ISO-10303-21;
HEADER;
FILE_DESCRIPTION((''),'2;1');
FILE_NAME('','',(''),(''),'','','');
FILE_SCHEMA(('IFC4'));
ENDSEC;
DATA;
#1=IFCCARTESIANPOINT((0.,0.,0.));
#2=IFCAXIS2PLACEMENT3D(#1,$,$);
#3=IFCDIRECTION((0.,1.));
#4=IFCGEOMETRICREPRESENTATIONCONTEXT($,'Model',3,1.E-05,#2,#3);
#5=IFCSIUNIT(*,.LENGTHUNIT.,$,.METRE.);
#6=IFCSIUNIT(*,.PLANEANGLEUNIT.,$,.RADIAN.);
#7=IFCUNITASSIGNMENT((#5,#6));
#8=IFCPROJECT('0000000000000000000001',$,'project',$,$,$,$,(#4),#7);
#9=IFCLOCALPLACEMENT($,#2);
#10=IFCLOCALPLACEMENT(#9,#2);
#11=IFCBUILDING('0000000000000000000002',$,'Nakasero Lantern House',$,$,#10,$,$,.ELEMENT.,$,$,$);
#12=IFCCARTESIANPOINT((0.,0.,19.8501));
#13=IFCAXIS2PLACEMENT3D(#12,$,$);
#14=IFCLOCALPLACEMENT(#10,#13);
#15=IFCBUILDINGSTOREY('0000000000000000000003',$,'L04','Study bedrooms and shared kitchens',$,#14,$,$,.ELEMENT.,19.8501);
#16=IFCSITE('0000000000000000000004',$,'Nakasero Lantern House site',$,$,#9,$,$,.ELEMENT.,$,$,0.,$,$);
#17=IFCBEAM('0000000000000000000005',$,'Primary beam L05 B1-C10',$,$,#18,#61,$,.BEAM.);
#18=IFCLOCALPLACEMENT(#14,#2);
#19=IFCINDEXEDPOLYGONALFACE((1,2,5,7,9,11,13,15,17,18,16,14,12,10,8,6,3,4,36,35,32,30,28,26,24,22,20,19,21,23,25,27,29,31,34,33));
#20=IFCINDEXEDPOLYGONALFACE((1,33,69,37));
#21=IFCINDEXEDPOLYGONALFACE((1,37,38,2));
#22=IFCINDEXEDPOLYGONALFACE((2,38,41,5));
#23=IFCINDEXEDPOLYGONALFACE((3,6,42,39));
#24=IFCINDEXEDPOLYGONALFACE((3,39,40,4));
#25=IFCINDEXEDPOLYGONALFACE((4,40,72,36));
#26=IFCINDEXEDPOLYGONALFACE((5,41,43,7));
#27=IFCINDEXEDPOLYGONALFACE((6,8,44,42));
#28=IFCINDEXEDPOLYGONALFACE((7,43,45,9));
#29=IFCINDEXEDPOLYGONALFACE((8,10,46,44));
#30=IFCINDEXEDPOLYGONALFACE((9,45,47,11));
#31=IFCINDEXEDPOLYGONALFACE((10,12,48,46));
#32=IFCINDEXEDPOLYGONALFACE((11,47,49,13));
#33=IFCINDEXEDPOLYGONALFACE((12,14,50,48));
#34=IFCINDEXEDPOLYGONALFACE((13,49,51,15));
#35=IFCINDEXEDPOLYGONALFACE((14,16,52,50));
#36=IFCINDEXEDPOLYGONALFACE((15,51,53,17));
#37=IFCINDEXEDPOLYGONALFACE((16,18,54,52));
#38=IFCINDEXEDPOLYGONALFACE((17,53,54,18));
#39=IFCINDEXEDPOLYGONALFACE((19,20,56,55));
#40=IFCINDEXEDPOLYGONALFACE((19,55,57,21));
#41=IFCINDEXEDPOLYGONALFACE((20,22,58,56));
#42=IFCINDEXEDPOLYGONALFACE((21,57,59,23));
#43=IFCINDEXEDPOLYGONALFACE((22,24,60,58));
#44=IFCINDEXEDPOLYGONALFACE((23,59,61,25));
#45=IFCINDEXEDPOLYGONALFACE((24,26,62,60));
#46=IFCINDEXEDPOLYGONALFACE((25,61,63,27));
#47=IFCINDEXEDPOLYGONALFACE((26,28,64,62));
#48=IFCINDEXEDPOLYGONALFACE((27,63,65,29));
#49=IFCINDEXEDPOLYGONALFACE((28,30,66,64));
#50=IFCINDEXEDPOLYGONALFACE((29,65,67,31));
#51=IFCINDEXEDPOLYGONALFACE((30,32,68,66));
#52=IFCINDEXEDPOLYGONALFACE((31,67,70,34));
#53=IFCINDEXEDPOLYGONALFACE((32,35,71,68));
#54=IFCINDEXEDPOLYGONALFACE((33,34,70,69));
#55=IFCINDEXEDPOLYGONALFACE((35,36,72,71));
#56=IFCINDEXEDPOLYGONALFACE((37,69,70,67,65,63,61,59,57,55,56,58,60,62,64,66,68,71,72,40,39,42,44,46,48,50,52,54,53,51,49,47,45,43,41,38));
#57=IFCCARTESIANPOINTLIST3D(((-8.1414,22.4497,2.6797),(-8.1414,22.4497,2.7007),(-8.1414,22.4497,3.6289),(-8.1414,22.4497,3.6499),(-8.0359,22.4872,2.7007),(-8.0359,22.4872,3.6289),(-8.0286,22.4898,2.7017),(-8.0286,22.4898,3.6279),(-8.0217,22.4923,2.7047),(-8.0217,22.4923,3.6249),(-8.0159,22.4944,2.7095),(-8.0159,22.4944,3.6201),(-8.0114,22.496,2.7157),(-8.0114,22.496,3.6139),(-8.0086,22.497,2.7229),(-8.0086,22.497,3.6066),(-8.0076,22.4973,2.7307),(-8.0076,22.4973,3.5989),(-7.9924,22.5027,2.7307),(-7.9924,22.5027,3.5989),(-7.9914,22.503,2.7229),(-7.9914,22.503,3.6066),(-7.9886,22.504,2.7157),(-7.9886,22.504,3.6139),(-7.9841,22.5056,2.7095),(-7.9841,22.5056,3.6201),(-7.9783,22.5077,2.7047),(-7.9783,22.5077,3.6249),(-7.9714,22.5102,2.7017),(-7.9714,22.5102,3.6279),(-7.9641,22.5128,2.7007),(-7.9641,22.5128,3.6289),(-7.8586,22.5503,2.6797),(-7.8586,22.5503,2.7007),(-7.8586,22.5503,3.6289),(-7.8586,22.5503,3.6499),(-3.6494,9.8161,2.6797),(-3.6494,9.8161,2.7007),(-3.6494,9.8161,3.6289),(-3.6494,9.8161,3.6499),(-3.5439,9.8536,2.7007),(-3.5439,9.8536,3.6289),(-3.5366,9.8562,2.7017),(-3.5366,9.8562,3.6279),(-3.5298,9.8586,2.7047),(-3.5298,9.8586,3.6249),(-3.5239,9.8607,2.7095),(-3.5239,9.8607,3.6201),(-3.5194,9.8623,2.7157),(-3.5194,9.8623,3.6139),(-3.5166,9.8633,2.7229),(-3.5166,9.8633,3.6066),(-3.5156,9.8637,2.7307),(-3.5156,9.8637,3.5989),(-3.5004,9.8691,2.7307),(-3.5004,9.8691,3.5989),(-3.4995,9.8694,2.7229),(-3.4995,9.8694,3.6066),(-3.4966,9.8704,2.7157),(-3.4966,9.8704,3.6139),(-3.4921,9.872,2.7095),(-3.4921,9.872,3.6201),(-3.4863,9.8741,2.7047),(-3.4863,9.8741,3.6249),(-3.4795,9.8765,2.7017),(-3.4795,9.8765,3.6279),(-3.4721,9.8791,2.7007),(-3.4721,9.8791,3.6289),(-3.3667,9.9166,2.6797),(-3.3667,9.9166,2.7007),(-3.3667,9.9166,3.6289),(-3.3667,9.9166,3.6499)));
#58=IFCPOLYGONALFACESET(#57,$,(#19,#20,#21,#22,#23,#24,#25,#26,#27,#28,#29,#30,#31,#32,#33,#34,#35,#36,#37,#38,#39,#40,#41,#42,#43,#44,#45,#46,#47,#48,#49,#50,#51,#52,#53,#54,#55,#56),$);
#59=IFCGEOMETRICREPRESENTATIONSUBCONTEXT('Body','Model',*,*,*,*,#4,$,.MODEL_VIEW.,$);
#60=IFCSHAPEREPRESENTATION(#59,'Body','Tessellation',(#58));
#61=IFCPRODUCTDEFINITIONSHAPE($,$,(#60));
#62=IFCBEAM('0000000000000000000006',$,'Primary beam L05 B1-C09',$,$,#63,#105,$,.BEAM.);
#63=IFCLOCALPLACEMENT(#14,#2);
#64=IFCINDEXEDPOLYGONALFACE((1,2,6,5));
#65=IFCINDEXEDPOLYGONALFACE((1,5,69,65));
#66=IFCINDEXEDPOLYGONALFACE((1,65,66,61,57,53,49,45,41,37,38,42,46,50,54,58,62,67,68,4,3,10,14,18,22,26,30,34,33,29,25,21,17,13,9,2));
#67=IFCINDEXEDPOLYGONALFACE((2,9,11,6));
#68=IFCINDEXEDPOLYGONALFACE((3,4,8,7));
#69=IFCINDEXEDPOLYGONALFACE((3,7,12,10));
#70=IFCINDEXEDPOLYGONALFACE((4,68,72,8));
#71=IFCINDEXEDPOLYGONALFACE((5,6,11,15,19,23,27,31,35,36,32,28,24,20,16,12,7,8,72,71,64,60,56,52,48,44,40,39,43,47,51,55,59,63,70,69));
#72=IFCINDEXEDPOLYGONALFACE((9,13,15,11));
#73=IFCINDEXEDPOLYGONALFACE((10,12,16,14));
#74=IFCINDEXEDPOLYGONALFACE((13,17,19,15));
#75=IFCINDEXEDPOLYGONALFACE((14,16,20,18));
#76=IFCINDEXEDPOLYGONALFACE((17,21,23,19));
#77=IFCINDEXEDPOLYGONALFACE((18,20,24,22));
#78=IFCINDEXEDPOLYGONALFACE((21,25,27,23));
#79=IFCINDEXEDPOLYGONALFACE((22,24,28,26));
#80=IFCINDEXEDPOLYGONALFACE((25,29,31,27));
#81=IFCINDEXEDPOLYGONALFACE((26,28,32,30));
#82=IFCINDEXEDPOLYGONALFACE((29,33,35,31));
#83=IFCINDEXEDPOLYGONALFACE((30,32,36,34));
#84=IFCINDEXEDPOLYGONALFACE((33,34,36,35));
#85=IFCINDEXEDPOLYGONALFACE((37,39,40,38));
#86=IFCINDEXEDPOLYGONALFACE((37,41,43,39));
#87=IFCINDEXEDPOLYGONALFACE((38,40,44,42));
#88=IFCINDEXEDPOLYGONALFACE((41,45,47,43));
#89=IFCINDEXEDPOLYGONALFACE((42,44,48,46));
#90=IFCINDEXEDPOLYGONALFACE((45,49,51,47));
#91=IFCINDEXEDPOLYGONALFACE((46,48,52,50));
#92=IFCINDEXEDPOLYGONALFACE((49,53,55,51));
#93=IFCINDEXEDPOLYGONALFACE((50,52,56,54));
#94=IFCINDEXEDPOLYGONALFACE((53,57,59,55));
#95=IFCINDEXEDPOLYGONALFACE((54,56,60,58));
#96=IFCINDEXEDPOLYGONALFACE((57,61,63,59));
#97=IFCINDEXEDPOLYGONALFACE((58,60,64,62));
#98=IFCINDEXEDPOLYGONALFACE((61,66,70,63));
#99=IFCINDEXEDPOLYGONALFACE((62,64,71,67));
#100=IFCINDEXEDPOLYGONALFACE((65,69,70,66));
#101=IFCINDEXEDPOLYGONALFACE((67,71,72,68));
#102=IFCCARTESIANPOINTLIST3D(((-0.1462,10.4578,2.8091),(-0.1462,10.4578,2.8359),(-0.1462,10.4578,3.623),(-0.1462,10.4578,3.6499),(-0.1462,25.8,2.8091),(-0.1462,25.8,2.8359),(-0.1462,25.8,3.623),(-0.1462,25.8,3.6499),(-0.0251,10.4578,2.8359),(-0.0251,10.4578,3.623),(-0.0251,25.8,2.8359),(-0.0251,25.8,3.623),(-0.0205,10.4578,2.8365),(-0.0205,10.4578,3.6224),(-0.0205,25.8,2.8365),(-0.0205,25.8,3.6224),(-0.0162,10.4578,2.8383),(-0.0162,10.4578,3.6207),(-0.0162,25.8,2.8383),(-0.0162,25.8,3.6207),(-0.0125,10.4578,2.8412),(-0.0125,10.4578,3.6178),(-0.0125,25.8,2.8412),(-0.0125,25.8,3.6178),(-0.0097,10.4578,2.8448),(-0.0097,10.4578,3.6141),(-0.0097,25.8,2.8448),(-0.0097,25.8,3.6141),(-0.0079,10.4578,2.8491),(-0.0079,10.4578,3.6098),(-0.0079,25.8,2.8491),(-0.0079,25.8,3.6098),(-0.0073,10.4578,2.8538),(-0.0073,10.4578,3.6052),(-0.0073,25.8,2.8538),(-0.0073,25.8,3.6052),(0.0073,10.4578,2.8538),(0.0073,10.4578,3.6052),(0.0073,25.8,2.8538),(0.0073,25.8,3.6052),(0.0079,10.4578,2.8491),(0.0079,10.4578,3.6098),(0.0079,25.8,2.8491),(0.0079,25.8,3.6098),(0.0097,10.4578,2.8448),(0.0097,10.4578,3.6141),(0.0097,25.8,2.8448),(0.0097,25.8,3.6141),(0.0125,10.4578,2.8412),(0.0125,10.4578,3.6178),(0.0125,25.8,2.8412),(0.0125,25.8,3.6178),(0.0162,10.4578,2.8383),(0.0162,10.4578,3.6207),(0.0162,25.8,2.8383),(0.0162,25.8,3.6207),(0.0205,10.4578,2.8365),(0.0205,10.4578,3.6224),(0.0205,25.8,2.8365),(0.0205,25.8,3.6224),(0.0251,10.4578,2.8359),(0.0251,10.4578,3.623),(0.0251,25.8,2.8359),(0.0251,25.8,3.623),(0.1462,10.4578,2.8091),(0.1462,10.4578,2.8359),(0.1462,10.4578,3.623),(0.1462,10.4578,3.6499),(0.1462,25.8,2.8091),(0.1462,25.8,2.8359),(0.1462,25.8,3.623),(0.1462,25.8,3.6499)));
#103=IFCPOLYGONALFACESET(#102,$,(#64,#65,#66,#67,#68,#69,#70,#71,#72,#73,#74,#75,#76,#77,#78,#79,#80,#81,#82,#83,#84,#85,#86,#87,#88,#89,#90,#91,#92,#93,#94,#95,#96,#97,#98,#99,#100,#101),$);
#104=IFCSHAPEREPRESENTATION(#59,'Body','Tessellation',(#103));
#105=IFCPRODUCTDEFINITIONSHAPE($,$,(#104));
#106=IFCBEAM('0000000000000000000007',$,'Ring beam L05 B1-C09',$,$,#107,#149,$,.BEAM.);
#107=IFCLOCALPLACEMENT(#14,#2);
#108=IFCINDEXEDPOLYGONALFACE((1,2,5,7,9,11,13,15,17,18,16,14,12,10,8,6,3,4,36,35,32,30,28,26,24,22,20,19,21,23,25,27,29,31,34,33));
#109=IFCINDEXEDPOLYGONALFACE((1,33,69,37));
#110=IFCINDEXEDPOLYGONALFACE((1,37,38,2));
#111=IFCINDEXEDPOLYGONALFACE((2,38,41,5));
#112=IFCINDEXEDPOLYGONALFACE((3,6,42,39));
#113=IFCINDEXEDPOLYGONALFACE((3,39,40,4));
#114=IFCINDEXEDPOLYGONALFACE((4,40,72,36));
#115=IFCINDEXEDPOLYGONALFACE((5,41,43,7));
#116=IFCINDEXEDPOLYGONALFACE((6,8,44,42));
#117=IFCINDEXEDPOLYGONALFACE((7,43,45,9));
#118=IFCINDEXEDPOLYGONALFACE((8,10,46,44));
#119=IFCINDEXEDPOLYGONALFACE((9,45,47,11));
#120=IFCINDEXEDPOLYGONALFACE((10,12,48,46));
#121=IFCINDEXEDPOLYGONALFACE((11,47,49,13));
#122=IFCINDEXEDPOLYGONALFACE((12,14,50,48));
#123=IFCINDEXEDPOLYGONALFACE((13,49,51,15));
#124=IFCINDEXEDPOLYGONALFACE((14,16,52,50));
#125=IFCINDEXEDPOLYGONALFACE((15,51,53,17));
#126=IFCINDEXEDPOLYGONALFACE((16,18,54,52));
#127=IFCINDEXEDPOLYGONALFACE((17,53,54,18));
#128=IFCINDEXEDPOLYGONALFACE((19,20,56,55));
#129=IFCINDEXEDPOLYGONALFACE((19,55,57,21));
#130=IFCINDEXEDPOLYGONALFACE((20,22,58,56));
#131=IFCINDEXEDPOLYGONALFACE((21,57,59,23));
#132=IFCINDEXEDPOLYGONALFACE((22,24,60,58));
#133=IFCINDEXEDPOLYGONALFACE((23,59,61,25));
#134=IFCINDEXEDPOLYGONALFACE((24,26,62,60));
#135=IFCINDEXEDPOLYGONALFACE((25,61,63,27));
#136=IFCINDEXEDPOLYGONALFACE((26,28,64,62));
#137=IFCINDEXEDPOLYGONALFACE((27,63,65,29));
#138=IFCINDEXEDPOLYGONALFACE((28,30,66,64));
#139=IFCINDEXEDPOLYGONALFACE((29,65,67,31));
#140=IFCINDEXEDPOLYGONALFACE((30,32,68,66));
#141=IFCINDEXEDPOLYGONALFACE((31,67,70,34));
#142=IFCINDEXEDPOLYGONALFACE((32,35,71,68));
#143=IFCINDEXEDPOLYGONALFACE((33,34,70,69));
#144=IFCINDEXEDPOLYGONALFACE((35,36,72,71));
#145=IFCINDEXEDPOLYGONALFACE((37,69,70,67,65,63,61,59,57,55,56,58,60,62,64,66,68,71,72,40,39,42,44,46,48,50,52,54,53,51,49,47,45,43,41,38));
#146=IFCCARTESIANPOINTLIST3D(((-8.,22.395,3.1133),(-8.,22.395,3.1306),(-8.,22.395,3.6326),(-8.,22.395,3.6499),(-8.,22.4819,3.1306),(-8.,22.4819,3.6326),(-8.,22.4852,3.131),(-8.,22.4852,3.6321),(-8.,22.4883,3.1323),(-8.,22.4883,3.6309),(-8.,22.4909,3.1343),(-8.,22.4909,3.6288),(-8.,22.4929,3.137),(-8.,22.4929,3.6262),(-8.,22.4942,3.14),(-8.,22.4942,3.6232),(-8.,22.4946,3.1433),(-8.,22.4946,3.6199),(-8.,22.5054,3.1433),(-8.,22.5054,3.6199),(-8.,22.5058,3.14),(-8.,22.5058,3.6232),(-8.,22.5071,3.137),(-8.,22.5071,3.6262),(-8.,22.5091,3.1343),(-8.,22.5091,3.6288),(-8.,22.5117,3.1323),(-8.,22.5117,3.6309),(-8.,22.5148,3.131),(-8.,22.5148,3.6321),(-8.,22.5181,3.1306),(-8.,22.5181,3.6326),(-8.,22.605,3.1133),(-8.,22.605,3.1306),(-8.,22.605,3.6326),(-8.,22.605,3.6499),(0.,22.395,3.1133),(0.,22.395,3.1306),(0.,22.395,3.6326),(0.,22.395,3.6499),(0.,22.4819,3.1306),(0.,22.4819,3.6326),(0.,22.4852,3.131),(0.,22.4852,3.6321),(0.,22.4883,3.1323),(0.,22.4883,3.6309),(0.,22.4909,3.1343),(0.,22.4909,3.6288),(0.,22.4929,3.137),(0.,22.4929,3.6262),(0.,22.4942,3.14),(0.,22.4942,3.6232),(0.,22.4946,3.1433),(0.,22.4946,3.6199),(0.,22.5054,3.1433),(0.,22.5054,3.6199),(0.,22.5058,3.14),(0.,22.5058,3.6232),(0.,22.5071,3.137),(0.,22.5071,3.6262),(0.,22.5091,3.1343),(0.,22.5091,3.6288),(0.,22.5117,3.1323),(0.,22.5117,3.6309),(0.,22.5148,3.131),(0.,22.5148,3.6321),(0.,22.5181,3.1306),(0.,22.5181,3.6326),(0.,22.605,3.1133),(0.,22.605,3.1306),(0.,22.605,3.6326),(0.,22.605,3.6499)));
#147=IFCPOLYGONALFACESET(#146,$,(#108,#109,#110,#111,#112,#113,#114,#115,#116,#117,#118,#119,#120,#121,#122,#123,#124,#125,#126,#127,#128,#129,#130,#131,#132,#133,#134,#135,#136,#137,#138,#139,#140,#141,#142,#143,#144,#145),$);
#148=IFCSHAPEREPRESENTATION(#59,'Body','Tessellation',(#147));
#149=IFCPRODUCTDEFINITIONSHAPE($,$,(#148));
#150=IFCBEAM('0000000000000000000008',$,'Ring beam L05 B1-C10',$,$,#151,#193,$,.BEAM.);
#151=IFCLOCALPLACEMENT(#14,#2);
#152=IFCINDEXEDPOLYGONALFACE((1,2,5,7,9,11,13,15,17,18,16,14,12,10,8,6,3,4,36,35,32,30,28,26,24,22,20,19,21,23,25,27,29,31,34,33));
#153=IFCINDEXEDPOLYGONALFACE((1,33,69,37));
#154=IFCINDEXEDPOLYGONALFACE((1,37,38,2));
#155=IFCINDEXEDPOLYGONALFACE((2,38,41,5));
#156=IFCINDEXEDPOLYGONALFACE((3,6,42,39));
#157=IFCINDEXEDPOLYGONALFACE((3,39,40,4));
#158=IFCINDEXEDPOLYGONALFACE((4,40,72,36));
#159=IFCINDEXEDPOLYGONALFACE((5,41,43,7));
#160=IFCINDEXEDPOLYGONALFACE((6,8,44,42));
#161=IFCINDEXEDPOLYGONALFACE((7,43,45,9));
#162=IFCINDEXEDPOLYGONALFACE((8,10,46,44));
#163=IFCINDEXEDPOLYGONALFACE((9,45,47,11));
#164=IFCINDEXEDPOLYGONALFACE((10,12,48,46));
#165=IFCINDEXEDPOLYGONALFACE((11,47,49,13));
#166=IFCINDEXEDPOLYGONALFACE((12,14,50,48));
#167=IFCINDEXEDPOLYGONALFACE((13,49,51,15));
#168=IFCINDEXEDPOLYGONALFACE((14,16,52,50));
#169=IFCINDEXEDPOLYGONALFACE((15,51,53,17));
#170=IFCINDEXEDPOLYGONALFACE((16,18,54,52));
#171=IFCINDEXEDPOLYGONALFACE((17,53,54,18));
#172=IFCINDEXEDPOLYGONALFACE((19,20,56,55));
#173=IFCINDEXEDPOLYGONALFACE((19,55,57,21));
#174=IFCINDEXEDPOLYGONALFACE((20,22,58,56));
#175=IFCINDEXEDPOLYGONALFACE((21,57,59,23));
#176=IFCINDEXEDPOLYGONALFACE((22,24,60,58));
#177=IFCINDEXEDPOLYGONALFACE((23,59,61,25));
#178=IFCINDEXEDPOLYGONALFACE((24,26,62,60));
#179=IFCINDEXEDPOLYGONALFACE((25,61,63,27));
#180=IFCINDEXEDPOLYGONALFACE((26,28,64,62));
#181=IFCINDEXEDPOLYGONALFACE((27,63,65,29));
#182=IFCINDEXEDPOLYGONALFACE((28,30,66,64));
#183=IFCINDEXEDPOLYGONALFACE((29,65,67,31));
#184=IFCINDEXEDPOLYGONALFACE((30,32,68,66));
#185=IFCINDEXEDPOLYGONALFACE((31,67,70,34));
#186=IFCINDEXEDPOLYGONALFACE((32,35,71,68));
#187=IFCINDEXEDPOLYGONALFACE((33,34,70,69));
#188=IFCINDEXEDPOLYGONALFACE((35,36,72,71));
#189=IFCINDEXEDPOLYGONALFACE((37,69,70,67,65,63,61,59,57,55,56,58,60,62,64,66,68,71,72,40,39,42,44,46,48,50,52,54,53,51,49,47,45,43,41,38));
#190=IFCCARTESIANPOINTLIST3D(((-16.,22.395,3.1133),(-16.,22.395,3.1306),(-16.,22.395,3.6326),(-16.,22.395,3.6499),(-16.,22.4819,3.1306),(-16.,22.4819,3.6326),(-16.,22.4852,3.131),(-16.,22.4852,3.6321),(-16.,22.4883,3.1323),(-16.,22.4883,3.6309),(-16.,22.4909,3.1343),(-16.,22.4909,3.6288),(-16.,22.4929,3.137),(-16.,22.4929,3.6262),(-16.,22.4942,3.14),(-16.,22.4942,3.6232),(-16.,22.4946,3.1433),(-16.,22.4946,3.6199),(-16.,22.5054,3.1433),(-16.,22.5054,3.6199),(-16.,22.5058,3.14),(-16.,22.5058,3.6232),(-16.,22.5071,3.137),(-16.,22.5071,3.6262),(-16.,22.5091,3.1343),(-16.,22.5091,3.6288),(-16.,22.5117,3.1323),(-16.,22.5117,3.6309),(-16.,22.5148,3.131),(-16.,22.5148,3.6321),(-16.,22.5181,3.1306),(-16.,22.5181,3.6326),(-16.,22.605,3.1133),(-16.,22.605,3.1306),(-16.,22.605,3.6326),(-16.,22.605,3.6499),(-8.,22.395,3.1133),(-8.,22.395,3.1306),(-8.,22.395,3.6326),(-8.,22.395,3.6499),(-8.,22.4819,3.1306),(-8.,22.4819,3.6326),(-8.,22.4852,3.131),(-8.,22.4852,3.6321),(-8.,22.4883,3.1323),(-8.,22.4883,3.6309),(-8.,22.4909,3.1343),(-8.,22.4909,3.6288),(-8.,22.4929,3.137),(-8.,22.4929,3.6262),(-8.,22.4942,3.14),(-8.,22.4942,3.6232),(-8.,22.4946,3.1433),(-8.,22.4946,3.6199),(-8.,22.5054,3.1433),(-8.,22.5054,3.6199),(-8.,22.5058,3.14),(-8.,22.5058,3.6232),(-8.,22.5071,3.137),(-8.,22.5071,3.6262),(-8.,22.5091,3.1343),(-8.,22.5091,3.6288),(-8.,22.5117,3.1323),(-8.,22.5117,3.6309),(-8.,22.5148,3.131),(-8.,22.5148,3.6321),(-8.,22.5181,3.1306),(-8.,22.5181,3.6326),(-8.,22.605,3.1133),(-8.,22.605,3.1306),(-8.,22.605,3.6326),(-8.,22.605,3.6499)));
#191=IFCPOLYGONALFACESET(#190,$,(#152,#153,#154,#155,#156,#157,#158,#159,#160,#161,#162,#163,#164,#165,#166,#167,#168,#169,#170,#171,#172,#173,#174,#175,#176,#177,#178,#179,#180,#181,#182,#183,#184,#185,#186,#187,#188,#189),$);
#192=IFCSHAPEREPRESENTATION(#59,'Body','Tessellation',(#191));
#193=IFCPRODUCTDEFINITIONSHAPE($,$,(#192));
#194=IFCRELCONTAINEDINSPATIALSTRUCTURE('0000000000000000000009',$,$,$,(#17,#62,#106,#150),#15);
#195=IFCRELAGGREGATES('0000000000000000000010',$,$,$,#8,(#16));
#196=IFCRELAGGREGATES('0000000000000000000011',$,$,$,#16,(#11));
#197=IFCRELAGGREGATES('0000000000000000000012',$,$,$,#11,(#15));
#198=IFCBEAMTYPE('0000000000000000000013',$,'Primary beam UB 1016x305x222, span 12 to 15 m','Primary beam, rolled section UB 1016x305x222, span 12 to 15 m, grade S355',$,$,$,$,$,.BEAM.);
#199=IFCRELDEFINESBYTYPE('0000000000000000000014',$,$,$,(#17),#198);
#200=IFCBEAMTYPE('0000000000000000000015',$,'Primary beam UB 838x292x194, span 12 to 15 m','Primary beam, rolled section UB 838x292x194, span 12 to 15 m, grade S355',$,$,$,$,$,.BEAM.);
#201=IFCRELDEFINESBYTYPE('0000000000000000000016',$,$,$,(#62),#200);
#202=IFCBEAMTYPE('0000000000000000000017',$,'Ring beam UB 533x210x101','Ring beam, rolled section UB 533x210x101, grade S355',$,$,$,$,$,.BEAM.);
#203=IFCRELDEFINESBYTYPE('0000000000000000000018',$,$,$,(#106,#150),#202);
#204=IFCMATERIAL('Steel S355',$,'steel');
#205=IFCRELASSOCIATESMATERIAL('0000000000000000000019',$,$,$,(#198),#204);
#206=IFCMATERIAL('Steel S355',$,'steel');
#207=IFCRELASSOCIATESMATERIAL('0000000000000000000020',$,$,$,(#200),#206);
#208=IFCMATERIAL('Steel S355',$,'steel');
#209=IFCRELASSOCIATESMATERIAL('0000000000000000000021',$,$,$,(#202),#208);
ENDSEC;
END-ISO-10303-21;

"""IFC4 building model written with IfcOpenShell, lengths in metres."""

from ifc_helpers import new_model, si_unit, direction, frame, origin, origin_2d, place, context, subcontext, project, spatial, i_section, extrude, material, material_profile, profile_set, type_object, element, save


model = new_model("IFC4")

# Units and contexts
model_context = context("Model", 3, precision=1e-05, world=origin(), true_north=direction((0.0, 1.0)))
body_context = subcontext(model_context, "Body", "Model", "MODEL_VIEW")
ifc_project = project(units=[si_unit("LENGTHUNIT", "METRE"), si_unit("PLANEANGLEUNIT", "RADIAN")], contexts=[model_context])

# Site, building, storey
site_placement = place(None, origin())
site = spatial("IfcSite", under=ifc_project, at=site_placement, Name="Nakasero Lantern House site", CompositionType="ELEMENT", RefElevation=0.0)
building_placement = place(site_placement, origin())
building = spatial("IfcBuilding", under=site, at=building_placement, Name="Nakasero Lantern House", CompositionType="ELEMENT")
storey_placement = place(building_placement, frame((0.0, 0.0, 19.8501)))
storey = spatial("IfcBuildingStorey", under=building, at=storey_placement, Name="L04", Description="Study bedrooms and shared kitchens", CompositionType="ELEMENT", Elevation=19.8501)

# Beams
ifc_material_1 = material(Name="Steel S355", Category="steel")
ifc_material_profile_1 = material_profile(ifc_material_1, i_section(OverallWidth=0.3, OverallDepth=0.9702, WebThickness=0.0161, FlangeThickness=0.021, FilletRadius=0.03, at=origin_2d()), Name="UB 1016x305x222")
ifc_profile_set_1 = profile_set([ifc_material_profile_1], Name="Steel S355")
beam_type_1 = type_object("IfcBeamType", Name="Primary beam UB 1016x305x222, span 12 to 15 m", Description="Primary beam, rolled section UB 1016x305x222, span 12 to 15 m, grade S355", PredefinedType="BEAM", material=ifc_profile_set_1)
beam_1_placement = place(storey_placement, frame((-8.0, 22.5, 3.1648), z_axis=(0.335011, -0.942214, 0.0), x_axis=(0.942214, 0.335011, 0.0)))
element("IfcBeam", 1, at=beam_1_placement, inside=storey, type_object=beam_type_1, Name="Primary beam L05 B1-C10", PredefinedType="BEAM", context=body_context, shape_type="SweptSolid", body=[
    extrude(i_section(OverallWidth=0.3, OverallDepth=0.9702, WebThickness=0.0161, FlangeThickness=0.021, FilletRadius=0.03, at=origin_2d()), origin(), (0.0, 0.0, 1.0), 13.4084),
])
ifc_material_2 = material(Name="Steel S355", Category="steel")
ifc_material_profile_2 = material_profile(ifc_material_2, i_section(OverallWidth=0.2925, OverallDepth=0.8408, WebThickness=0.0146, FlangeThickness=0.0269, FilletRadius=0.0178, at=origin_2d()), Name="UB 838x292x194")
ifc_profile_set_2 = profile_set([ifc_material_profile_2], Name="Steel S355")
beam_type_2 = type_object("IfcBeamType", Name="Primary beam UB 838x292x194, span 12 to 15 m", Description="Primary beam, rolled section UB 838x292x194, span 12 to 15 m, grade S355", PredefinedType="BEAM", material=ifc_profile_set_2)
beam_2_placement = place(storey_placement, frame((0.0, 25.8, 3.2295), z_axis=(0.0, -1.0, 0.0), x_axis=(1.0, 0.0, 0.0)))
element("IfcBeam", 2, at=beam_2_placement, inside=storey, type_object=beam_type_2, Name="Primary beam L05 B1-C09", PredefinedType="BEAM", context=body_context, shape_type="SweptSolid", body=[
    extrude(i_section(OverallWidth=0.2925, OverallDepth=0.8408, WebThickness=0.0146, FlangeThickness=0.0269, FilletRadius=0.0178, at=origin_2d()), origin(), (0.0, 0.0, 1.0), 15.3423),
])
ifc_material_3 = material(Name="Steel S355", Category="steel")
ifc_material_profile_3 = material_profile(ifc_material_3, i_section(OverallWidth=0.21, OverallDepth=0.5366, WebThickness=0.0107, FlangeThickness=0.0173, FilletRadius=0.0127, at=origin_2d()), Name="UB 533x210x101")
ifc_profile_set_3 = profile_set([ifc_material_profile_3], Name="Steel S355")
beam_type_3 = type_object("IfcBeamType", Name="Ring beam UB 533x210x101", Description="Ring beam, rolled section UB 533x210x101, grade S355", PredefinedType="BEAM", material=ifc_profile_set_3)
for number, where, z_axis, x_axis, name in (
    (3, (0.0, 22.5, 3.3816), (-1.0, 0.0, 0.0), (0.0, -1.0, 0.0), "Ring beam L05 B1-C09"),
    (4, (-8.0, 22.5, 3.3816), (-1.0, 0.0, 0.0), (0.0, -1.0, 0.0), "Ring beam L05 B1-C10"),
):
    element("IfcBeam", number, at=place(storey_placement, frame(where, z_axis=z_axis, x_axis=x_axis)), inside=storey, type_object=beam_type_3, Name=name, PredefinedType="BEAM", context=body_context, shape_type="SweptSolid", body=[
        extrude(i_section(OverallWidth=0.21, OverallDepth=0.5366, WebThickness=0.0107, FlangeThickness=0.0173, FilletRadius=0.0127, at=origin_2d()), origin(), (0.0, 0.0, 1.0), 8.0),
    ])

save(model, "model.ifc")
